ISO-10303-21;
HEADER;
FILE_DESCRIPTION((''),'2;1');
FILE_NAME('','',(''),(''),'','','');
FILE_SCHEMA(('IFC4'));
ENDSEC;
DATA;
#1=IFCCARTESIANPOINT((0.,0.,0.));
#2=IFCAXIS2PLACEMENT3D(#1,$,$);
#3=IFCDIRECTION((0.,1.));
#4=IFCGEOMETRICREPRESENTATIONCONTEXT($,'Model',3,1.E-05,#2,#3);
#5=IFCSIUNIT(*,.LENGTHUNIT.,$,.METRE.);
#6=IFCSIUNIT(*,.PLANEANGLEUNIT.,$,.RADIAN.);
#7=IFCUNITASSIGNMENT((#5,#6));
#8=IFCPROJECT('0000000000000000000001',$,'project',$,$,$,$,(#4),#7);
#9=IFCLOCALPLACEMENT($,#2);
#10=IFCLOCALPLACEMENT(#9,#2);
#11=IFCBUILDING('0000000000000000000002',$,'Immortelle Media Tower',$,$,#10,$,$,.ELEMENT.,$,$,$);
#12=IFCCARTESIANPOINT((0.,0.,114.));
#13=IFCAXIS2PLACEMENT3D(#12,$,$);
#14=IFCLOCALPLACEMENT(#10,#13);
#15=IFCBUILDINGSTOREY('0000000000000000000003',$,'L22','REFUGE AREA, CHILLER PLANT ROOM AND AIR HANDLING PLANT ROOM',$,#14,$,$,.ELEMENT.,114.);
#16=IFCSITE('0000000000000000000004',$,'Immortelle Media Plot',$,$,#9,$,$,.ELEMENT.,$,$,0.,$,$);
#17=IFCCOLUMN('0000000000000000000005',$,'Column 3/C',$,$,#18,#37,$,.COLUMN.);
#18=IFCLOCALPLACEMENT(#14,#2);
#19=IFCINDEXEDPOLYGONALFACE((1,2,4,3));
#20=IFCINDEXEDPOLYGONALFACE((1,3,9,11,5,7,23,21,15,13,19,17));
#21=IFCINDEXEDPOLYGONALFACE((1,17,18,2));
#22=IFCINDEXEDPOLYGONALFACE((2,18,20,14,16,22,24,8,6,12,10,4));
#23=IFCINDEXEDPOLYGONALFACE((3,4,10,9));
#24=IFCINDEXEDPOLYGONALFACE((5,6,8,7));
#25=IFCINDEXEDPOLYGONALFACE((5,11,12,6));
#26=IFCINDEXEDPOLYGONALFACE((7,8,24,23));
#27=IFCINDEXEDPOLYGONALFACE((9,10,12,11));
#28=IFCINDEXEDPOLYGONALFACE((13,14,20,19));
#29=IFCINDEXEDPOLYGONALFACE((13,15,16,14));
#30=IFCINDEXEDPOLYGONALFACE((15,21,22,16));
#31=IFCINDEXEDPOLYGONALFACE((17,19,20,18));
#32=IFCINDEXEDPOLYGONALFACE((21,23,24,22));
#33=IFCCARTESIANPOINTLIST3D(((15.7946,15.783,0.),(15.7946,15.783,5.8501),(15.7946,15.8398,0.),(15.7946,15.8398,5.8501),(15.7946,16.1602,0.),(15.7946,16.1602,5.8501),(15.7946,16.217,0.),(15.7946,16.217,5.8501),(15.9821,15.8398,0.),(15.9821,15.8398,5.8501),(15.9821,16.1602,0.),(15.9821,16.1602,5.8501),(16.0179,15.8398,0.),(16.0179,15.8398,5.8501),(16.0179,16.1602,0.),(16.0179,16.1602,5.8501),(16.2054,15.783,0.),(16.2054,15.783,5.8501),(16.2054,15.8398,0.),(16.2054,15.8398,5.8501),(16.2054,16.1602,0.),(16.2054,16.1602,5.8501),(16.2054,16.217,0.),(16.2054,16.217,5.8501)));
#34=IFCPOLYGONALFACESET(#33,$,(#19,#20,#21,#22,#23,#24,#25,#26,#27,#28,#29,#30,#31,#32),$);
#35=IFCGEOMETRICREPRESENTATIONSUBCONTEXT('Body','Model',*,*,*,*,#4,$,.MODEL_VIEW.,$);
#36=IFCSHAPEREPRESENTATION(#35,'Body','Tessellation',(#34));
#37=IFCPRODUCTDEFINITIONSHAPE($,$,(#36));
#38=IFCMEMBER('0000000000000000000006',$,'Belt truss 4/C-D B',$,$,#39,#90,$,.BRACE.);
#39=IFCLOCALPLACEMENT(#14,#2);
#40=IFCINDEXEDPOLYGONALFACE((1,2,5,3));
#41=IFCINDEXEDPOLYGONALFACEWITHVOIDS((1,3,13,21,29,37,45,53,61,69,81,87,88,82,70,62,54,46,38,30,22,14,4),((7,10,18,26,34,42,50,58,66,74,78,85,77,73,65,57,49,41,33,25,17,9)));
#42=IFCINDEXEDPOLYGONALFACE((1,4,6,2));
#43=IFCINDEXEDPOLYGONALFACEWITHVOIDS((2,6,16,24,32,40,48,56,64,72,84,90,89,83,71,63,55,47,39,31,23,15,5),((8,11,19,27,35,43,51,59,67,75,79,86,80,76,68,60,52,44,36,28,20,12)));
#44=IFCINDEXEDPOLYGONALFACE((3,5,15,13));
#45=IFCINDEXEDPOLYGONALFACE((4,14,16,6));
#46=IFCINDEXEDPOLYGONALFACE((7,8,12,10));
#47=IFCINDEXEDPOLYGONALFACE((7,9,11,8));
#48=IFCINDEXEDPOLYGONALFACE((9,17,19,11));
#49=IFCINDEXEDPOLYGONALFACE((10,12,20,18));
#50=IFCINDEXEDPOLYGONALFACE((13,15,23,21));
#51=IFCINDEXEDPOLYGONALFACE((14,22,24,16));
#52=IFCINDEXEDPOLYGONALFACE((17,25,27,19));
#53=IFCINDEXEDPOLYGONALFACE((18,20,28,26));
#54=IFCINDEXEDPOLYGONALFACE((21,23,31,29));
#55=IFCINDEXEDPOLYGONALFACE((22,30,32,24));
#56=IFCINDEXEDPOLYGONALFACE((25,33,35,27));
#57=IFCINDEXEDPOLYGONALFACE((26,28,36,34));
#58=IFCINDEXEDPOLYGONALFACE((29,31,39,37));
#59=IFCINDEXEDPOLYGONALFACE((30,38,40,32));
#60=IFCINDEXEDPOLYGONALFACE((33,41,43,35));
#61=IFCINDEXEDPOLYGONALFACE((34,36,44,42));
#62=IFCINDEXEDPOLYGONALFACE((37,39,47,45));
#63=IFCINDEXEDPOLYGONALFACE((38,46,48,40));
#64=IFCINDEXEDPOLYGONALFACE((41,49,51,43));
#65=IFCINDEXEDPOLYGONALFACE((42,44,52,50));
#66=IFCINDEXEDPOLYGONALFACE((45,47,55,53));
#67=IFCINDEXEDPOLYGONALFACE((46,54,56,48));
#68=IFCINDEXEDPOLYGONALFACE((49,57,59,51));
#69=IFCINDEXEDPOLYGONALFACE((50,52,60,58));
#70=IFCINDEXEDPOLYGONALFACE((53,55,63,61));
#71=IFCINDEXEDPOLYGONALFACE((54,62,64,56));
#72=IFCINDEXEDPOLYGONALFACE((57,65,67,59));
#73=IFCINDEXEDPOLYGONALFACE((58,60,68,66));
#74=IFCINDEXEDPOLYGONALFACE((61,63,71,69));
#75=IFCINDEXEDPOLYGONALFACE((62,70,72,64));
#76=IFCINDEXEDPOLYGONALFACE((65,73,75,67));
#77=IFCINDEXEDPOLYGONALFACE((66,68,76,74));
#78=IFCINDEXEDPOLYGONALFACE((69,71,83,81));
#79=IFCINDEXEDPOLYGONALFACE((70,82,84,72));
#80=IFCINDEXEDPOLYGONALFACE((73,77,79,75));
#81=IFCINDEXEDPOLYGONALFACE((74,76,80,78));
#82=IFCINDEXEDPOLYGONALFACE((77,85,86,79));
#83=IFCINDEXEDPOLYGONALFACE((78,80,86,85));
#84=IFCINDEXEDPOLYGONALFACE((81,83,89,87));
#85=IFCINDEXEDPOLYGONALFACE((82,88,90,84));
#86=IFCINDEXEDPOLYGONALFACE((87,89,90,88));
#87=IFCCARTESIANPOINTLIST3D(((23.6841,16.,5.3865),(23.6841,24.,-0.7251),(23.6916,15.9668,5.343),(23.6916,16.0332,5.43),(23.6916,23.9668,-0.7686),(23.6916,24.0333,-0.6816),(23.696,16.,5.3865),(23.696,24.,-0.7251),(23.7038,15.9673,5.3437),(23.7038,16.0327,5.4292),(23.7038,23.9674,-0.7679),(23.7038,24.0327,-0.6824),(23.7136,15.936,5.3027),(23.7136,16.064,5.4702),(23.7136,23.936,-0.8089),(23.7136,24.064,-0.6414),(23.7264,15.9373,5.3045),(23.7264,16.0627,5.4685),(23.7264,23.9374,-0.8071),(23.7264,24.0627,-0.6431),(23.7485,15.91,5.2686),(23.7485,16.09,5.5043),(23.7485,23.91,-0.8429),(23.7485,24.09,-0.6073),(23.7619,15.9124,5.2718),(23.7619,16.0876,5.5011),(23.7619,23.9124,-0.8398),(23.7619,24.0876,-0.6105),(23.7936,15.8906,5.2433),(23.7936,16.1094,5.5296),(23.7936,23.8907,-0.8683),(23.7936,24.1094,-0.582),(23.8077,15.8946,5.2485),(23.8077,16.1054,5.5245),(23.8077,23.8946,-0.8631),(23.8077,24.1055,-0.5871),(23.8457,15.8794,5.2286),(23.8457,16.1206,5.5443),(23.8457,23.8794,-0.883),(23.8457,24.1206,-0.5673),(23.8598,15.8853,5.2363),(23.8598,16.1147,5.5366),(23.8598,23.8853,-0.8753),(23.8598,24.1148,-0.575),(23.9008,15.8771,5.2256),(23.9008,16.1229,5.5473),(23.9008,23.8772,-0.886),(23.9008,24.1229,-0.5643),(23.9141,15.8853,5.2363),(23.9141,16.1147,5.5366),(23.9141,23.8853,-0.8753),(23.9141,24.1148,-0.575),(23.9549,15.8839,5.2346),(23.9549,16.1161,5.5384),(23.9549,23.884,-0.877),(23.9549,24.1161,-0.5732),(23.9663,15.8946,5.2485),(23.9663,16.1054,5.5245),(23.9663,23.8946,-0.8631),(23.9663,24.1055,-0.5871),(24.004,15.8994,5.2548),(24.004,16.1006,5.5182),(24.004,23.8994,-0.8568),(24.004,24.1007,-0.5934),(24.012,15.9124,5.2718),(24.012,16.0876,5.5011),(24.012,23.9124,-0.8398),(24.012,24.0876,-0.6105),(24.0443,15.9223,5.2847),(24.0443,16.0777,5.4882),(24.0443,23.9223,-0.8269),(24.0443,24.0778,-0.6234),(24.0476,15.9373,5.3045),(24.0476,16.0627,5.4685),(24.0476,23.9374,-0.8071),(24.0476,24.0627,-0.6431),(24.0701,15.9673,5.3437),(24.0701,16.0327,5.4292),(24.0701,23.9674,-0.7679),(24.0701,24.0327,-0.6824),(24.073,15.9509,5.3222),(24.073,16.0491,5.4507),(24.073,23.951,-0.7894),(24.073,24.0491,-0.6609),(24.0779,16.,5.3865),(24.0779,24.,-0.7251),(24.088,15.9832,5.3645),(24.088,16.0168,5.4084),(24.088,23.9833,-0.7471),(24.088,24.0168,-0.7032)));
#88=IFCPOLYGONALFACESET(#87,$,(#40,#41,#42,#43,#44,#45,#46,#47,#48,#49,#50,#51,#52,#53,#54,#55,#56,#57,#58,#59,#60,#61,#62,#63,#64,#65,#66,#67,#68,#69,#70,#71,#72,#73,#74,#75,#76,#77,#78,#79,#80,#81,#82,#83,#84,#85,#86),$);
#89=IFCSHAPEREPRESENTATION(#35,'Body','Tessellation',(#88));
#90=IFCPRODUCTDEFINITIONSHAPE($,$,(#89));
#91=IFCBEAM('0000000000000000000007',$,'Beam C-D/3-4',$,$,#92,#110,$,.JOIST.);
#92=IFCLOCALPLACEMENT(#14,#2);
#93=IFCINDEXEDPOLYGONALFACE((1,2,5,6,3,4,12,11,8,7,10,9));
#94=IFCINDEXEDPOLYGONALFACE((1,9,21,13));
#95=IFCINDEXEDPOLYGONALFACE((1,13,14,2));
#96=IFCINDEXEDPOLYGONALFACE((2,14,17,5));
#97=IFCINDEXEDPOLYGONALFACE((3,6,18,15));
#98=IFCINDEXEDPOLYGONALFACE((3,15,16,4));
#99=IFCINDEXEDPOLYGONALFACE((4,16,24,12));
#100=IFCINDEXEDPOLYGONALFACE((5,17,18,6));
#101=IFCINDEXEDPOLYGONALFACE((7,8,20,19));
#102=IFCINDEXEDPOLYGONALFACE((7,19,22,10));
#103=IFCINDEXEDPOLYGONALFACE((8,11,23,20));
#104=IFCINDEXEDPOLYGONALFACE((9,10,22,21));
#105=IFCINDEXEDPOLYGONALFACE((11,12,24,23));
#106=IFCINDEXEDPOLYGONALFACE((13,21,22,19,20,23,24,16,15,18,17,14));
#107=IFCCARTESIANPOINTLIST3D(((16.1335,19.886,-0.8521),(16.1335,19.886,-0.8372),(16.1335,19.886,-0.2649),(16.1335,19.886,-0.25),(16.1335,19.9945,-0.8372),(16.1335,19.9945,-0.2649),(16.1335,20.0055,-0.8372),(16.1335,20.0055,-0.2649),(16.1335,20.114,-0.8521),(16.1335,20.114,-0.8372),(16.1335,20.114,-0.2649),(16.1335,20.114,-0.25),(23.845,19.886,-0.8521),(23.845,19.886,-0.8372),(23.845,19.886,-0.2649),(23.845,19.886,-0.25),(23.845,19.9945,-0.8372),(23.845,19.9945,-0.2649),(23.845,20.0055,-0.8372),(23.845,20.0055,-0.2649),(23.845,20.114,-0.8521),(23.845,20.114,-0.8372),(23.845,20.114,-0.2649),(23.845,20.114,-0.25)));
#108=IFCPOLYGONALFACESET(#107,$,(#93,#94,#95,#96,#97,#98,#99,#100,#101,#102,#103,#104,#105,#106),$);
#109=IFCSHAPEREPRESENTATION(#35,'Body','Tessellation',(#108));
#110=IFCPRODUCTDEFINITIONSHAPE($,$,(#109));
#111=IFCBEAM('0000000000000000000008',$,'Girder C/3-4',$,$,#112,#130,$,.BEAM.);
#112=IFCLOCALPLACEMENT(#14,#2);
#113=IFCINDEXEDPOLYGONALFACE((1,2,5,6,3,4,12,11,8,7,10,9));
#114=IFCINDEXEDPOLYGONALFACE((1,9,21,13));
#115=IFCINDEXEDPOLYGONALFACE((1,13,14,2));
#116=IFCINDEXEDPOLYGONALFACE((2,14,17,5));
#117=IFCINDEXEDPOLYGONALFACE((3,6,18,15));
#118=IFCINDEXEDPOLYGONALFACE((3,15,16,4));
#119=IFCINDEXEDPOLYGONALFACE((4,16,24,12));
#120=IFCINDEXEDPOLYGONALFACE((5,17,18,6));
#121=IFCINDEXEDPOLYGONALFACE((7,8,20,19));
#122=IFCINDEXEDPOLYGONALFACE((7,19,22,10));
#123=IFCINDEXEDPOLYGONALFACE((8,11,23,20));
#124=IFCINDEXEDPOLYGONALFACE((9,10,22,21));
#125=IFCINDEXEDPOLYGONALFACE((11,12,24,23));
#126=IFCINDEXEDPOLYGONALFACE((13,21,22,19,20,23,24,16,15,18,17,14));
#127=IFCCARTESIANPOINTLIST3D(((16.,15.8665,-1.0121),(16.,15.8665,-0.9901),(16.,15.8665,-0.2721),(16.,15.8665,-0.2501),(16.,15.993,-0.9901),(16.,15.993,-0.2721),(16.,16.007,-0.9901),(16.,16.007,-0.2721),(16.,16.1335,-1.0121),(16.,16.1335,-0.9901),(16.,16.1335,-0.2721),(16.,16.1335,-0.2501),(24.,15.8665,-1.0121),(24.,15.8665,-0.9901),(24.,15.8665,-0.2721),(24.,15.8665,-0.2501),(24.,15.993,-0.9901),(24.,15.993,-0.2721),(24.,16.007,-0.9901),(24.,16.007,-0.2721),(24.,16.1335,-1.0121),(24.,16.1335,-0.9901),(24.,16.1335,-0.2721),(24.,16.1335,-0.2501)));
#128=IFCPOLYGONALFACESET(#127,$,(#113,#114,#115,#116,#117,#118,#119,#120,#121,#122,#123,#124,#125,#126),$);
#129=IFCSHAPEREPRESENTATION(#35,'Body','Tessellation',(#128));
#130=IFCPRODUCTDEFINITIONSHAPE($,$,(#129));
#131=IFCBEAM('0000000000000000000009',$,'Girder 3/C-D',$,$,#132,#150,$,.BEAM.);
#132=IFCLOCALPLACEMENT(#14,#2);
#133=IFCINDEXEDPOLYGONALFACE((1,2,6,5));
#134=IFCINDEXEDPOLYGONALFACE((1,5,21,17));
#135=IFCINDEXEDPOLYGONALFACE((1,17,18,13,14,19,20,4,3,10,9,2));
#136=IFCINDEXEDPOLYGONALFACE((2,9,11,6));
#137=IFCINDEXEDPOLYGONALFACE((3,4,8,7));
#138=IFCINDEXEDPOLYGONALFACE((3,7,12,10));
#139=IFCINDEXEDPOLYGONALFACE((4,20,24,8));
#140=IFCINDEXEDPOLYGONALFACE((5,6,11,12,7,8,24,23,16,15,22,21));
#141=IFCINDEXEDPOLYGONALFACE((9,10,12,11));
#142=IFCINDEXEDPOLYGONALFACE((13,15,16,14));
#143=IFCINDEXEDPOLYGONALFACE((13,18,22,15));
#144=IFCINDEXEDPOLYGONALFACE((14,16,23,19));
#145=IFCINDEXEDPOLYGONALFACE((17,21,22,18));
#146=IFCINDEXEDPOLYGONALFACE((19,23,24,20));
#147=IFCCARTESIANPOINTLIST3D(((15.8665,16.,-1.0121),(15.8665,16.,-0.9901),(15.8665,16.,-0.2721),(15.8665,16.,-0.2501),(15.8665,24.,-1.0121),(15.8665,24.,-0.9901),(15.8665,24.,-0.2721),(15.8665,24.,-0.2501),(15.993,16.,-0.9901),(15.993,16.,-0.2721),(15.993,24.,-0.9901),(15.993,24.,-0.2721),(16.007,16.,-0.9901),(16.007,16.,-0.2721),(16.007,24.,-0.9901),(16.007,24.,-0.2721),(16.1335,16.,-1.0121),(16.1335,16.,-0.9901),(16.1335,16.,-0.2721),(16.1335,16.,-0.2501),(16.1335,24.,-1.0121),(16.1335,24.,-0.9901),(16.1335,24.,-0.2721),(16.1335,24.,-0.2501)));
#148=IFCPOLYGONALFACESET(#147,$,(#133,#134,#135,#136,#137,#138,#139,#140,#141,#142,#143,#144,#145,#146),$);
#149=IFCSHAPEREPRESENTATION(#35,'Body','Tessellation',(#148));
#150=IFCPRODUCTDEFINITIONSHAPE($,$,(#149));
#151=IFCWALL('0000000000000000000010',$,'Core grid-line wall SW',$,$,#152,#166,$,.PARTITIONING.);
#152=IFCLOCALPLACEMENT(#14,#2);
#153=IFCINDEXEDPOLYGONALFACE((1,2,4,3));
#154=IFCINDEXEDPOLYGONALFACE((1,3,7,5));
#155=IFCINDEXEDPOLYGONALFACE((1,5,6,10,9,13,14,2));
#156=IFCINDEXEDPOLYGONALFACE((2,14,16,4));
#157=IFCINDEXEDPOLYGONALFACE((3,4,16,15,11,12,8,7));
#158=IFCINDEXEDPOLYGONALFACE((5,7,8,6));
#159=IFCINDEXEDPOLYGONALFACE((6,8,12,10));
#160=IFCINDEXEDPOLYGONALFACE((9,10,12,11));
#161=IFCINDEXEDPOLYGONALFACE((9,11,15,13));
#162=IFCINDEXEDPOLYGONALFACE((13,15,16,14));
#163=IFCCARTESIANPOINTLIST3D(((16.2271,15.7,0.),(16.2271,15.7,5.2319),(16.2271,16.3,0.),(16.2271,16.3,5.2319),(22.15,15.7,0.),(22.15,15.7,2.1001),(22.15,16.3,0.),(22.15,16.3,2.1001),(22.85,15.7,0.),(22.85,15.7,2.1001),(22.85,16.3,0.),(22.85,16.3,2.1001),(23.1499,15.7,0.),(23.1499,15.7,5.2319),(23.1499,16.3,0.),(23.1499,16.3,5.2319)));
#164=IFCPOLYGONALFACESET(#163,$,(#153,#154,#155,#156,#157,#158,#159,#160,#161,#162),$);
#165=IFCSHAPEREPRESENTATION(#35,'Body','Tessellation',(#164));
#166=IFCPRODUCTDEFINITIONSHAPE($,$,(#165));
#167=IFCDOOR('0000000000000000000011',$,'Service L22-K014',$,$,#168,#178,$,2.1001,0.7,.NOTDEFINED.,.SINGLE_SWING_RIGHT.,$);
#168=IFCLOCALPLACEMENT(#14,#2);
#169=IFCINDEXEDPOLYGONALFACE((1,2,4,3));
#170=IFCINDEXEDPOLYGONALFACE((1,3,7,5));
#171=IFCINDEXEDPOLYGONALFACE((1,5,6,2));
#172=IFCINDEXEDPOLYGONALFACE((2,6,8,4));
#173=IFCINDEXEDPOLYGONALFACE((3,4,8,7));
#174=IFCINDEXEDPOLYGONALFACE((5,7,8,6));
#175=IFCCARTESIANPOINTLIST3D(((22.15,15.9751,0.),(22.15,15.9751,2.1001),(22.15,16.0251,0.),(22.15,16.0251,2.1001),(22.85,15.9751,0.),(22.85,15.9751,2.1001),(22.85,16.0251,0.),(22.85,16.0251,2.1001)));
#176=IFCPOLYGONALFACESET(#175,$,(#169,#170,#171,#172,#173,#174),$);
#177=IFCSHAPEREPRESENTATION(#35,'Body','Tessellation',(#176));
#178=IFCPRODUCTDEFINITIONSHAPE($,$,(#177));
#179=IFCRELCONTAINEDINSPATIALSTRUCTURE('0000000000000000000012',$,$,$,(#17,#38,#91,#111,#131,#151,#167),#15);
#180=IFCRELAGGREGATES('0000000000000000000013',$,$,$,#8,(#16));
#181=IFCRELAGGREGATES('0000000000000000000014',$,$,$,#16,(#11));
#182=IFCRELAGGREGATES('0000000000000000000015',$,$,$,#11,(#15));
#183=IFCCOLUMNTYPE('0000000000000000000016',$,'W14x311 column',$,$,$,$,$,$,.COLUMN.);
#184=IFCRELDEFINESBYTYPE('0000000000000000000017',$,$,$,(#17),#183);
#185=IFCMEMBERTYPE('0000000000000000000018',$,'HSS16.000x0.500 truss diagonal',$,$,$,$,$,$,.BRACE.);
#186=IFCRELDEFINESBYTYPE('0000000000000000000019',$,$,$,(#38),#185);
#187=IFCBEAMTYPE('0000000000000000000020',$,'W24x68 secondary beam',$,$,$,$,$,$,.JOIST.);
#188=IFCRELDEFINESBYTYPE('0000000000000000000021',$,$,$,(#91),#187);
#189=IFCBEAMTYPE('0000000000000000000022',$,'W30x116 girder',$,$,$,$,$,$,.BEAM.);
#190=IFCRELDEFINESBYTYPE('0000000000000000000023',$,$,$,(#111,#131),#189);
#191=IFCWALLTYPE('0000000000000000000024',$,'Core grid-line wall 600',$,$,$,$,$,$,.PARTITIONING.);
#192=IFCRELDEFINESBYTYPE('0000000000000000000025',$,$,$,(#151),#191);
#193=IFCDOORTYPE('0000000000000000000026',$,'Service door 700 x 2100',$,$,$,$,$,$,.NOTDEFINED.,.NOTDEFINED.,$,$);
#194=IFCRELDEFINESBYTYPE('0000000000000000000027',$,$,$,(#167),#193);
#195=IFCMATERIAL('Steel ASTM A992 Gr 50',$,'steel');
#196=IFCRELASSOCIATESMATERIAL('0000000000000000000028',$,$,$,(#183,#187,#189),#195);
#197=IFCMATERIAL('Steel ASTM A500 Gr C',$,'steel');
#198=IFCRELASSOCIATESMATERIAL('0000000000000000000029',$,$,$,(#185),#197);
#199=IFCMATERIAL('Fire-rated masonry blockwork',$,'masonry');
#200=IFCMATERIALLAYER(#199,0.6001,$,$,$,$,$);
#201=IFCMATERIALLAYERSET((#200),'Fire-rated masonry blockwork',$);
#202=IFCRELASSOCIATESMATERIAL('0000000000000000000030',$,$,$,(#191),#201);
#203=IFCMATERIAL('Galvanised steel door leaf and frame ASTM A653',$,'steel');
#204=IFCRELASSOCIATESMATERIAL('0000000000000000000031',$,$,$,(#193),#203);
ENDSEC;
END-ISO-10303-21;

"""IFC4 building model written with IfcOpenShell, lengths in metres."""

from ifc_helpers import new_model, si_unit, direction, frame, frame_2d, origin, origin_2d, place, context, subcontext, project, spatial, rectangle, hollow_circle, i_section, extrude, material, layer, layer_set, material_profile, profile_set, type_object, element, fill, save


model = new_model("IFC4")

# Units and contexts
model_context = context("Model", 3, precision=1e-05, world=origin(), true_north=direction((0.0, 1.0)))
body_context = subcontext(model_context, "Body", "Model", "MODEL_VIEW")
ifc_project = project(units=[si_unit("LENGTHUNIT", "METRE"), si_unit("PLANEANGLEUNIT", "RADIAN")], contexts=[model_context])

# Site, building, storey
site_placement = place(None, origin())
site = spatial("IfcSite", under=ifc_project, at=site_placement, Name="Immortelle Media Plot", CompositionType="ELEMENT", RefElevation=0.0)
building_placement = place(site_placement, origin())
building = spatial("IfcBuilding", under=site, at=building_placement, Name="Immortelle Media Tower", CompositionType="ELEMENT")
storey_placement = place(building_placement, frame((0.0, 0.0, 114.0)))
storey = spatial("IfcBuildingStorey", under=building, at=storey_placement, Name="L22", Description="REFUGE AREA, CHILLER PLANT ROOM AND AIR HANDLING PLANT ROOM", CompositionType="ELEMENT", Elevation=114.0)

# Column
ifc_material_1 = material(Name="Steel ASTM A992 Gr 50", Category="steel")
ifc_material_profile_1 = material_profile(ifc_material_1, i_section(OverallWidth=0.4109, OverallDepth=0.4341, WebThickness=0.0359, FlangeThickness=0.0569, at=origin_2d()), Name="W14x311")
ifc_profile_set_1 = profile_set([ifc_material_profile_1], Name="Steel ASTM A992 Gr 50")
column_type = type_object("IfcColumnType", Name="W14x311 column", PredefinedType="COLUMN", material=ifc_profile_set_1)
column_placement = place(storey_placement, frame((16.0, 16.0, 0.0), z_axis=(0.0, 0.0, 1.0), x_axis=(1.0, 0.0, 0.0)))
element("IfcColumn", 1, at=column_placement, inside=storey, type_object=column_type, Name="Column 3/C", PredefinedType="COLUMN", context=body_context, shape_type="SweptSolid", body=[
    extrude(i_section(OverallWidth=0.4109, OverallDepth=0.4341, WebThickness=0.0359, FlangeThickness=0.0569, at=origin_2d()), origin(), (0.0, 0.0, 1.0), 5.8501),
])

# Member
ifc_material_2 = material(Name="Steel ASTM A500 Gr C", Category="steel")
ifc_material_profile_2 = material_profile(ifc_material_2, hollow_circle(Radius=0.2029, WallThickness=0.012, at=origin_2d()), Name="HSS16.000x0.500 truss diagonal")
ifc_profile_set_2 = profile_set([ifc_material_profile_2], Name="Steel ASTM A500 Gr C")
member_type = type_object("IfcMemberType", Name="HSS16.000x0.500 truss diagonal", PredefinedType="BRACE", material=ifc_profile_set_2)
member_placement = place(storey_placement, frame((23.887, 16.0, 5.3865), z_axis=(0.0, 0.794649, -0.607069), x_axis=(-1.0, 0.0, 0.0)))
element("IfcMember", 2, at=member_placement, inside=storey, type_object=member_type, Name="Belt truss 4/C-D B", PredefinedType="BRACE", context=body_context, shape_type="SweptSolid", body=[
    extrude(hollow_circle(Radius=0.2029, WallThickness=0.012, at=origin_2d()), origin(), (0.0, 0.0, 1.0), 10.0674),
])

# Beams
ifc_material_profile_3 = material_profile(ifc_material_1, i_section(OverallWidth=0.228, OverallDepth=0.6021, WebThickness=0.011, FlangeThickness=0.0149, at=origin_2d()), Name="W24x68")
ifc_profile_set_3 = profile_set([ifc_material_profile_3], Name="Steel ASTM A992 Gr 50")
beam_type_1 = type_object("IfcBeamType", Name="W24x68 secondary beam", PredefinedType="JOIST", material=ifc_profile_set_3)
beam_placement = place(storey_placement, frame((16.1335, 20.0, -0.551), z_axis=(1.0, 0.0, 0.0), x_axis=(0.0, 1.0, 0.0)))
element("IfcBeam", 3, at=beam_placement, inside=storey, type_object=beam_type_1, Name="Beam C-D/3-4", PredefinedType="JOIST", context=body_context, shape_type="SweptSolid", body=[
    extrude(i_section(OverallWidth=0.228, OverallDepth=0.6021, WebThickness=0.011, FlangeThickness=0.0149, at=origin_2d()), origin(), (0.0, 0.0, 1.0), 7.7114),
])
ifc_material_profile_4 = material_profile(ifc_material_1, i_section(OverallWidth=0.2671, OverallDepth=0.762, WebThickness=0.0139, FlangeThickness=0.022, at=origin_2d()), Name="W30x116")
ifc_profile_set_4 = profile_set([ifc_material_profile_4], Name="Steel ASTM A992 Gr 50")
beam_type_2 = type_object("IfcBeamType", Name="W30x116 girder", PredefinedType="BEAM", material=ifc_profile_set_4)
for number, where, z_axis, x_axis, name in (
    (4, (16.0, 16.0, -0.6311), (1.0, 0.0, 0.0), (0.0, 1.0, 0.0), "Girder C/3-4"),
    (5, (16.0, 16.0, -0.6311), (0.0, 1.0, 0.0), (-1.0, 0.0, 0.0), "Girder 3/C-D"),
):
    element("IfcBeam", number, at=place(storey_placement, frame(where, z_axis=z_axis, x_axis=x_axis)), inside=storey, type_object=beam_type_2, Name=name, PredefinedType="BEAM", context=body_context, shape_type="SweptSolid", body=[
        extrude(i_section(OverallWidth=0.2671, OverallDepth=0.762, WebThickness=0.0139, FlangeThickness=0.022, at=origin_2d()), origin(), (0.0, 0.0, 1.0), 8.0),
    ])

# Wall, opening, door
ifc_material_3 = material(Name="Fire-rated masonry blockwork", Category="masonry")
ifc_layer_1 = layer(ifc_material_3, 0.6001)
ifc_layer_set_1 = layer_set([ifc_layer_1], Name="Fire-rated masonry blockwork")
wall_type_1 = type_object("IfcWallType", Name="Core grid-line wall 600", PredefinedType="PARTITIONING", material=ifc_layer_set_1)
wall_1_placement = place(storey_placement, frame((16.2271, 16.0, 0.0), z_axis=(0.0, 0.0, 1.0), x_axis=(1.0, 0.0, 0.0)))
wall_1 = element("IfcWall", 6, at=wall_1_placement, inside=storey, type_object=wall_type_1, Name="Core grid-line wall SW", PredefinedType="PARTITIONING", context=body_context, shape_type="SweptSolid", body=[
    extrude(rectangle(XDim=6.9229, YDim=0.6001, at=frame_2d((3.4614, 0.0))), origin(), (0.0, 0.0, 1.0), 5.2319),
])
opening_placement = place(wall_1_placement, frame((6.623, 0.0, 0.0), z_axis=(0.0, 0.0, 1.0), x_axis=(-1.0, 0.0, 0.0)))
opening = element("IfcOpeningElement", 7, at=opening_placement, cuts=wall_1, PredefinedType="OPENING", context=body_context, shape_type="SweptSolid", body=[
    extrude(rectangle(XDim=0.7, YDim=2.1001, at=frame_2d((0.3501, 1.05))), frame((0.0, 0.3101, 0.0), z_axis=(0.0, -1.0, 0.0), x_axis=(1.0, 0.0, 0.0)), (0.0, 0.0, 1.0), 0.6201),
])
ifc_material_4 = material(Name="Galvanised steel door leaf and frame ASTM A653", Category="steel")
door_type = type_object("IfcDoorType", Name="Service door 700 x 2100", OperationType="NOTDEFINED", PredefinedType="NOTDEFINED", material=ifc_material_4)
door_placement = place(opening_placement, origin())
door = element("IfcDoor", 8, at=door_placement, inside=storey, type_object=door_type, Name="Service L22-K014", OperationType="SINGLE_SWING_RIGHT", OverallHeight=2.1001, OverallWidth=0.7, PredefinedType="NOTDEFINED", context=body_context, shape_type="SweptSolid", body=[
    extrude(rectangle(XDim=0.7, YDim=2.1001, at=frame_2d((0.3501, 1.05))), frame((0.0, 0.0249, 0.0), z_axis=(0.0, -1.0, 0.0), x_axis=(1.0, 0.0, 0.0)), (0.0, 0.0, 1.0), 0.05),
])
fill(opening, door)

save(model, "model.ifc")
